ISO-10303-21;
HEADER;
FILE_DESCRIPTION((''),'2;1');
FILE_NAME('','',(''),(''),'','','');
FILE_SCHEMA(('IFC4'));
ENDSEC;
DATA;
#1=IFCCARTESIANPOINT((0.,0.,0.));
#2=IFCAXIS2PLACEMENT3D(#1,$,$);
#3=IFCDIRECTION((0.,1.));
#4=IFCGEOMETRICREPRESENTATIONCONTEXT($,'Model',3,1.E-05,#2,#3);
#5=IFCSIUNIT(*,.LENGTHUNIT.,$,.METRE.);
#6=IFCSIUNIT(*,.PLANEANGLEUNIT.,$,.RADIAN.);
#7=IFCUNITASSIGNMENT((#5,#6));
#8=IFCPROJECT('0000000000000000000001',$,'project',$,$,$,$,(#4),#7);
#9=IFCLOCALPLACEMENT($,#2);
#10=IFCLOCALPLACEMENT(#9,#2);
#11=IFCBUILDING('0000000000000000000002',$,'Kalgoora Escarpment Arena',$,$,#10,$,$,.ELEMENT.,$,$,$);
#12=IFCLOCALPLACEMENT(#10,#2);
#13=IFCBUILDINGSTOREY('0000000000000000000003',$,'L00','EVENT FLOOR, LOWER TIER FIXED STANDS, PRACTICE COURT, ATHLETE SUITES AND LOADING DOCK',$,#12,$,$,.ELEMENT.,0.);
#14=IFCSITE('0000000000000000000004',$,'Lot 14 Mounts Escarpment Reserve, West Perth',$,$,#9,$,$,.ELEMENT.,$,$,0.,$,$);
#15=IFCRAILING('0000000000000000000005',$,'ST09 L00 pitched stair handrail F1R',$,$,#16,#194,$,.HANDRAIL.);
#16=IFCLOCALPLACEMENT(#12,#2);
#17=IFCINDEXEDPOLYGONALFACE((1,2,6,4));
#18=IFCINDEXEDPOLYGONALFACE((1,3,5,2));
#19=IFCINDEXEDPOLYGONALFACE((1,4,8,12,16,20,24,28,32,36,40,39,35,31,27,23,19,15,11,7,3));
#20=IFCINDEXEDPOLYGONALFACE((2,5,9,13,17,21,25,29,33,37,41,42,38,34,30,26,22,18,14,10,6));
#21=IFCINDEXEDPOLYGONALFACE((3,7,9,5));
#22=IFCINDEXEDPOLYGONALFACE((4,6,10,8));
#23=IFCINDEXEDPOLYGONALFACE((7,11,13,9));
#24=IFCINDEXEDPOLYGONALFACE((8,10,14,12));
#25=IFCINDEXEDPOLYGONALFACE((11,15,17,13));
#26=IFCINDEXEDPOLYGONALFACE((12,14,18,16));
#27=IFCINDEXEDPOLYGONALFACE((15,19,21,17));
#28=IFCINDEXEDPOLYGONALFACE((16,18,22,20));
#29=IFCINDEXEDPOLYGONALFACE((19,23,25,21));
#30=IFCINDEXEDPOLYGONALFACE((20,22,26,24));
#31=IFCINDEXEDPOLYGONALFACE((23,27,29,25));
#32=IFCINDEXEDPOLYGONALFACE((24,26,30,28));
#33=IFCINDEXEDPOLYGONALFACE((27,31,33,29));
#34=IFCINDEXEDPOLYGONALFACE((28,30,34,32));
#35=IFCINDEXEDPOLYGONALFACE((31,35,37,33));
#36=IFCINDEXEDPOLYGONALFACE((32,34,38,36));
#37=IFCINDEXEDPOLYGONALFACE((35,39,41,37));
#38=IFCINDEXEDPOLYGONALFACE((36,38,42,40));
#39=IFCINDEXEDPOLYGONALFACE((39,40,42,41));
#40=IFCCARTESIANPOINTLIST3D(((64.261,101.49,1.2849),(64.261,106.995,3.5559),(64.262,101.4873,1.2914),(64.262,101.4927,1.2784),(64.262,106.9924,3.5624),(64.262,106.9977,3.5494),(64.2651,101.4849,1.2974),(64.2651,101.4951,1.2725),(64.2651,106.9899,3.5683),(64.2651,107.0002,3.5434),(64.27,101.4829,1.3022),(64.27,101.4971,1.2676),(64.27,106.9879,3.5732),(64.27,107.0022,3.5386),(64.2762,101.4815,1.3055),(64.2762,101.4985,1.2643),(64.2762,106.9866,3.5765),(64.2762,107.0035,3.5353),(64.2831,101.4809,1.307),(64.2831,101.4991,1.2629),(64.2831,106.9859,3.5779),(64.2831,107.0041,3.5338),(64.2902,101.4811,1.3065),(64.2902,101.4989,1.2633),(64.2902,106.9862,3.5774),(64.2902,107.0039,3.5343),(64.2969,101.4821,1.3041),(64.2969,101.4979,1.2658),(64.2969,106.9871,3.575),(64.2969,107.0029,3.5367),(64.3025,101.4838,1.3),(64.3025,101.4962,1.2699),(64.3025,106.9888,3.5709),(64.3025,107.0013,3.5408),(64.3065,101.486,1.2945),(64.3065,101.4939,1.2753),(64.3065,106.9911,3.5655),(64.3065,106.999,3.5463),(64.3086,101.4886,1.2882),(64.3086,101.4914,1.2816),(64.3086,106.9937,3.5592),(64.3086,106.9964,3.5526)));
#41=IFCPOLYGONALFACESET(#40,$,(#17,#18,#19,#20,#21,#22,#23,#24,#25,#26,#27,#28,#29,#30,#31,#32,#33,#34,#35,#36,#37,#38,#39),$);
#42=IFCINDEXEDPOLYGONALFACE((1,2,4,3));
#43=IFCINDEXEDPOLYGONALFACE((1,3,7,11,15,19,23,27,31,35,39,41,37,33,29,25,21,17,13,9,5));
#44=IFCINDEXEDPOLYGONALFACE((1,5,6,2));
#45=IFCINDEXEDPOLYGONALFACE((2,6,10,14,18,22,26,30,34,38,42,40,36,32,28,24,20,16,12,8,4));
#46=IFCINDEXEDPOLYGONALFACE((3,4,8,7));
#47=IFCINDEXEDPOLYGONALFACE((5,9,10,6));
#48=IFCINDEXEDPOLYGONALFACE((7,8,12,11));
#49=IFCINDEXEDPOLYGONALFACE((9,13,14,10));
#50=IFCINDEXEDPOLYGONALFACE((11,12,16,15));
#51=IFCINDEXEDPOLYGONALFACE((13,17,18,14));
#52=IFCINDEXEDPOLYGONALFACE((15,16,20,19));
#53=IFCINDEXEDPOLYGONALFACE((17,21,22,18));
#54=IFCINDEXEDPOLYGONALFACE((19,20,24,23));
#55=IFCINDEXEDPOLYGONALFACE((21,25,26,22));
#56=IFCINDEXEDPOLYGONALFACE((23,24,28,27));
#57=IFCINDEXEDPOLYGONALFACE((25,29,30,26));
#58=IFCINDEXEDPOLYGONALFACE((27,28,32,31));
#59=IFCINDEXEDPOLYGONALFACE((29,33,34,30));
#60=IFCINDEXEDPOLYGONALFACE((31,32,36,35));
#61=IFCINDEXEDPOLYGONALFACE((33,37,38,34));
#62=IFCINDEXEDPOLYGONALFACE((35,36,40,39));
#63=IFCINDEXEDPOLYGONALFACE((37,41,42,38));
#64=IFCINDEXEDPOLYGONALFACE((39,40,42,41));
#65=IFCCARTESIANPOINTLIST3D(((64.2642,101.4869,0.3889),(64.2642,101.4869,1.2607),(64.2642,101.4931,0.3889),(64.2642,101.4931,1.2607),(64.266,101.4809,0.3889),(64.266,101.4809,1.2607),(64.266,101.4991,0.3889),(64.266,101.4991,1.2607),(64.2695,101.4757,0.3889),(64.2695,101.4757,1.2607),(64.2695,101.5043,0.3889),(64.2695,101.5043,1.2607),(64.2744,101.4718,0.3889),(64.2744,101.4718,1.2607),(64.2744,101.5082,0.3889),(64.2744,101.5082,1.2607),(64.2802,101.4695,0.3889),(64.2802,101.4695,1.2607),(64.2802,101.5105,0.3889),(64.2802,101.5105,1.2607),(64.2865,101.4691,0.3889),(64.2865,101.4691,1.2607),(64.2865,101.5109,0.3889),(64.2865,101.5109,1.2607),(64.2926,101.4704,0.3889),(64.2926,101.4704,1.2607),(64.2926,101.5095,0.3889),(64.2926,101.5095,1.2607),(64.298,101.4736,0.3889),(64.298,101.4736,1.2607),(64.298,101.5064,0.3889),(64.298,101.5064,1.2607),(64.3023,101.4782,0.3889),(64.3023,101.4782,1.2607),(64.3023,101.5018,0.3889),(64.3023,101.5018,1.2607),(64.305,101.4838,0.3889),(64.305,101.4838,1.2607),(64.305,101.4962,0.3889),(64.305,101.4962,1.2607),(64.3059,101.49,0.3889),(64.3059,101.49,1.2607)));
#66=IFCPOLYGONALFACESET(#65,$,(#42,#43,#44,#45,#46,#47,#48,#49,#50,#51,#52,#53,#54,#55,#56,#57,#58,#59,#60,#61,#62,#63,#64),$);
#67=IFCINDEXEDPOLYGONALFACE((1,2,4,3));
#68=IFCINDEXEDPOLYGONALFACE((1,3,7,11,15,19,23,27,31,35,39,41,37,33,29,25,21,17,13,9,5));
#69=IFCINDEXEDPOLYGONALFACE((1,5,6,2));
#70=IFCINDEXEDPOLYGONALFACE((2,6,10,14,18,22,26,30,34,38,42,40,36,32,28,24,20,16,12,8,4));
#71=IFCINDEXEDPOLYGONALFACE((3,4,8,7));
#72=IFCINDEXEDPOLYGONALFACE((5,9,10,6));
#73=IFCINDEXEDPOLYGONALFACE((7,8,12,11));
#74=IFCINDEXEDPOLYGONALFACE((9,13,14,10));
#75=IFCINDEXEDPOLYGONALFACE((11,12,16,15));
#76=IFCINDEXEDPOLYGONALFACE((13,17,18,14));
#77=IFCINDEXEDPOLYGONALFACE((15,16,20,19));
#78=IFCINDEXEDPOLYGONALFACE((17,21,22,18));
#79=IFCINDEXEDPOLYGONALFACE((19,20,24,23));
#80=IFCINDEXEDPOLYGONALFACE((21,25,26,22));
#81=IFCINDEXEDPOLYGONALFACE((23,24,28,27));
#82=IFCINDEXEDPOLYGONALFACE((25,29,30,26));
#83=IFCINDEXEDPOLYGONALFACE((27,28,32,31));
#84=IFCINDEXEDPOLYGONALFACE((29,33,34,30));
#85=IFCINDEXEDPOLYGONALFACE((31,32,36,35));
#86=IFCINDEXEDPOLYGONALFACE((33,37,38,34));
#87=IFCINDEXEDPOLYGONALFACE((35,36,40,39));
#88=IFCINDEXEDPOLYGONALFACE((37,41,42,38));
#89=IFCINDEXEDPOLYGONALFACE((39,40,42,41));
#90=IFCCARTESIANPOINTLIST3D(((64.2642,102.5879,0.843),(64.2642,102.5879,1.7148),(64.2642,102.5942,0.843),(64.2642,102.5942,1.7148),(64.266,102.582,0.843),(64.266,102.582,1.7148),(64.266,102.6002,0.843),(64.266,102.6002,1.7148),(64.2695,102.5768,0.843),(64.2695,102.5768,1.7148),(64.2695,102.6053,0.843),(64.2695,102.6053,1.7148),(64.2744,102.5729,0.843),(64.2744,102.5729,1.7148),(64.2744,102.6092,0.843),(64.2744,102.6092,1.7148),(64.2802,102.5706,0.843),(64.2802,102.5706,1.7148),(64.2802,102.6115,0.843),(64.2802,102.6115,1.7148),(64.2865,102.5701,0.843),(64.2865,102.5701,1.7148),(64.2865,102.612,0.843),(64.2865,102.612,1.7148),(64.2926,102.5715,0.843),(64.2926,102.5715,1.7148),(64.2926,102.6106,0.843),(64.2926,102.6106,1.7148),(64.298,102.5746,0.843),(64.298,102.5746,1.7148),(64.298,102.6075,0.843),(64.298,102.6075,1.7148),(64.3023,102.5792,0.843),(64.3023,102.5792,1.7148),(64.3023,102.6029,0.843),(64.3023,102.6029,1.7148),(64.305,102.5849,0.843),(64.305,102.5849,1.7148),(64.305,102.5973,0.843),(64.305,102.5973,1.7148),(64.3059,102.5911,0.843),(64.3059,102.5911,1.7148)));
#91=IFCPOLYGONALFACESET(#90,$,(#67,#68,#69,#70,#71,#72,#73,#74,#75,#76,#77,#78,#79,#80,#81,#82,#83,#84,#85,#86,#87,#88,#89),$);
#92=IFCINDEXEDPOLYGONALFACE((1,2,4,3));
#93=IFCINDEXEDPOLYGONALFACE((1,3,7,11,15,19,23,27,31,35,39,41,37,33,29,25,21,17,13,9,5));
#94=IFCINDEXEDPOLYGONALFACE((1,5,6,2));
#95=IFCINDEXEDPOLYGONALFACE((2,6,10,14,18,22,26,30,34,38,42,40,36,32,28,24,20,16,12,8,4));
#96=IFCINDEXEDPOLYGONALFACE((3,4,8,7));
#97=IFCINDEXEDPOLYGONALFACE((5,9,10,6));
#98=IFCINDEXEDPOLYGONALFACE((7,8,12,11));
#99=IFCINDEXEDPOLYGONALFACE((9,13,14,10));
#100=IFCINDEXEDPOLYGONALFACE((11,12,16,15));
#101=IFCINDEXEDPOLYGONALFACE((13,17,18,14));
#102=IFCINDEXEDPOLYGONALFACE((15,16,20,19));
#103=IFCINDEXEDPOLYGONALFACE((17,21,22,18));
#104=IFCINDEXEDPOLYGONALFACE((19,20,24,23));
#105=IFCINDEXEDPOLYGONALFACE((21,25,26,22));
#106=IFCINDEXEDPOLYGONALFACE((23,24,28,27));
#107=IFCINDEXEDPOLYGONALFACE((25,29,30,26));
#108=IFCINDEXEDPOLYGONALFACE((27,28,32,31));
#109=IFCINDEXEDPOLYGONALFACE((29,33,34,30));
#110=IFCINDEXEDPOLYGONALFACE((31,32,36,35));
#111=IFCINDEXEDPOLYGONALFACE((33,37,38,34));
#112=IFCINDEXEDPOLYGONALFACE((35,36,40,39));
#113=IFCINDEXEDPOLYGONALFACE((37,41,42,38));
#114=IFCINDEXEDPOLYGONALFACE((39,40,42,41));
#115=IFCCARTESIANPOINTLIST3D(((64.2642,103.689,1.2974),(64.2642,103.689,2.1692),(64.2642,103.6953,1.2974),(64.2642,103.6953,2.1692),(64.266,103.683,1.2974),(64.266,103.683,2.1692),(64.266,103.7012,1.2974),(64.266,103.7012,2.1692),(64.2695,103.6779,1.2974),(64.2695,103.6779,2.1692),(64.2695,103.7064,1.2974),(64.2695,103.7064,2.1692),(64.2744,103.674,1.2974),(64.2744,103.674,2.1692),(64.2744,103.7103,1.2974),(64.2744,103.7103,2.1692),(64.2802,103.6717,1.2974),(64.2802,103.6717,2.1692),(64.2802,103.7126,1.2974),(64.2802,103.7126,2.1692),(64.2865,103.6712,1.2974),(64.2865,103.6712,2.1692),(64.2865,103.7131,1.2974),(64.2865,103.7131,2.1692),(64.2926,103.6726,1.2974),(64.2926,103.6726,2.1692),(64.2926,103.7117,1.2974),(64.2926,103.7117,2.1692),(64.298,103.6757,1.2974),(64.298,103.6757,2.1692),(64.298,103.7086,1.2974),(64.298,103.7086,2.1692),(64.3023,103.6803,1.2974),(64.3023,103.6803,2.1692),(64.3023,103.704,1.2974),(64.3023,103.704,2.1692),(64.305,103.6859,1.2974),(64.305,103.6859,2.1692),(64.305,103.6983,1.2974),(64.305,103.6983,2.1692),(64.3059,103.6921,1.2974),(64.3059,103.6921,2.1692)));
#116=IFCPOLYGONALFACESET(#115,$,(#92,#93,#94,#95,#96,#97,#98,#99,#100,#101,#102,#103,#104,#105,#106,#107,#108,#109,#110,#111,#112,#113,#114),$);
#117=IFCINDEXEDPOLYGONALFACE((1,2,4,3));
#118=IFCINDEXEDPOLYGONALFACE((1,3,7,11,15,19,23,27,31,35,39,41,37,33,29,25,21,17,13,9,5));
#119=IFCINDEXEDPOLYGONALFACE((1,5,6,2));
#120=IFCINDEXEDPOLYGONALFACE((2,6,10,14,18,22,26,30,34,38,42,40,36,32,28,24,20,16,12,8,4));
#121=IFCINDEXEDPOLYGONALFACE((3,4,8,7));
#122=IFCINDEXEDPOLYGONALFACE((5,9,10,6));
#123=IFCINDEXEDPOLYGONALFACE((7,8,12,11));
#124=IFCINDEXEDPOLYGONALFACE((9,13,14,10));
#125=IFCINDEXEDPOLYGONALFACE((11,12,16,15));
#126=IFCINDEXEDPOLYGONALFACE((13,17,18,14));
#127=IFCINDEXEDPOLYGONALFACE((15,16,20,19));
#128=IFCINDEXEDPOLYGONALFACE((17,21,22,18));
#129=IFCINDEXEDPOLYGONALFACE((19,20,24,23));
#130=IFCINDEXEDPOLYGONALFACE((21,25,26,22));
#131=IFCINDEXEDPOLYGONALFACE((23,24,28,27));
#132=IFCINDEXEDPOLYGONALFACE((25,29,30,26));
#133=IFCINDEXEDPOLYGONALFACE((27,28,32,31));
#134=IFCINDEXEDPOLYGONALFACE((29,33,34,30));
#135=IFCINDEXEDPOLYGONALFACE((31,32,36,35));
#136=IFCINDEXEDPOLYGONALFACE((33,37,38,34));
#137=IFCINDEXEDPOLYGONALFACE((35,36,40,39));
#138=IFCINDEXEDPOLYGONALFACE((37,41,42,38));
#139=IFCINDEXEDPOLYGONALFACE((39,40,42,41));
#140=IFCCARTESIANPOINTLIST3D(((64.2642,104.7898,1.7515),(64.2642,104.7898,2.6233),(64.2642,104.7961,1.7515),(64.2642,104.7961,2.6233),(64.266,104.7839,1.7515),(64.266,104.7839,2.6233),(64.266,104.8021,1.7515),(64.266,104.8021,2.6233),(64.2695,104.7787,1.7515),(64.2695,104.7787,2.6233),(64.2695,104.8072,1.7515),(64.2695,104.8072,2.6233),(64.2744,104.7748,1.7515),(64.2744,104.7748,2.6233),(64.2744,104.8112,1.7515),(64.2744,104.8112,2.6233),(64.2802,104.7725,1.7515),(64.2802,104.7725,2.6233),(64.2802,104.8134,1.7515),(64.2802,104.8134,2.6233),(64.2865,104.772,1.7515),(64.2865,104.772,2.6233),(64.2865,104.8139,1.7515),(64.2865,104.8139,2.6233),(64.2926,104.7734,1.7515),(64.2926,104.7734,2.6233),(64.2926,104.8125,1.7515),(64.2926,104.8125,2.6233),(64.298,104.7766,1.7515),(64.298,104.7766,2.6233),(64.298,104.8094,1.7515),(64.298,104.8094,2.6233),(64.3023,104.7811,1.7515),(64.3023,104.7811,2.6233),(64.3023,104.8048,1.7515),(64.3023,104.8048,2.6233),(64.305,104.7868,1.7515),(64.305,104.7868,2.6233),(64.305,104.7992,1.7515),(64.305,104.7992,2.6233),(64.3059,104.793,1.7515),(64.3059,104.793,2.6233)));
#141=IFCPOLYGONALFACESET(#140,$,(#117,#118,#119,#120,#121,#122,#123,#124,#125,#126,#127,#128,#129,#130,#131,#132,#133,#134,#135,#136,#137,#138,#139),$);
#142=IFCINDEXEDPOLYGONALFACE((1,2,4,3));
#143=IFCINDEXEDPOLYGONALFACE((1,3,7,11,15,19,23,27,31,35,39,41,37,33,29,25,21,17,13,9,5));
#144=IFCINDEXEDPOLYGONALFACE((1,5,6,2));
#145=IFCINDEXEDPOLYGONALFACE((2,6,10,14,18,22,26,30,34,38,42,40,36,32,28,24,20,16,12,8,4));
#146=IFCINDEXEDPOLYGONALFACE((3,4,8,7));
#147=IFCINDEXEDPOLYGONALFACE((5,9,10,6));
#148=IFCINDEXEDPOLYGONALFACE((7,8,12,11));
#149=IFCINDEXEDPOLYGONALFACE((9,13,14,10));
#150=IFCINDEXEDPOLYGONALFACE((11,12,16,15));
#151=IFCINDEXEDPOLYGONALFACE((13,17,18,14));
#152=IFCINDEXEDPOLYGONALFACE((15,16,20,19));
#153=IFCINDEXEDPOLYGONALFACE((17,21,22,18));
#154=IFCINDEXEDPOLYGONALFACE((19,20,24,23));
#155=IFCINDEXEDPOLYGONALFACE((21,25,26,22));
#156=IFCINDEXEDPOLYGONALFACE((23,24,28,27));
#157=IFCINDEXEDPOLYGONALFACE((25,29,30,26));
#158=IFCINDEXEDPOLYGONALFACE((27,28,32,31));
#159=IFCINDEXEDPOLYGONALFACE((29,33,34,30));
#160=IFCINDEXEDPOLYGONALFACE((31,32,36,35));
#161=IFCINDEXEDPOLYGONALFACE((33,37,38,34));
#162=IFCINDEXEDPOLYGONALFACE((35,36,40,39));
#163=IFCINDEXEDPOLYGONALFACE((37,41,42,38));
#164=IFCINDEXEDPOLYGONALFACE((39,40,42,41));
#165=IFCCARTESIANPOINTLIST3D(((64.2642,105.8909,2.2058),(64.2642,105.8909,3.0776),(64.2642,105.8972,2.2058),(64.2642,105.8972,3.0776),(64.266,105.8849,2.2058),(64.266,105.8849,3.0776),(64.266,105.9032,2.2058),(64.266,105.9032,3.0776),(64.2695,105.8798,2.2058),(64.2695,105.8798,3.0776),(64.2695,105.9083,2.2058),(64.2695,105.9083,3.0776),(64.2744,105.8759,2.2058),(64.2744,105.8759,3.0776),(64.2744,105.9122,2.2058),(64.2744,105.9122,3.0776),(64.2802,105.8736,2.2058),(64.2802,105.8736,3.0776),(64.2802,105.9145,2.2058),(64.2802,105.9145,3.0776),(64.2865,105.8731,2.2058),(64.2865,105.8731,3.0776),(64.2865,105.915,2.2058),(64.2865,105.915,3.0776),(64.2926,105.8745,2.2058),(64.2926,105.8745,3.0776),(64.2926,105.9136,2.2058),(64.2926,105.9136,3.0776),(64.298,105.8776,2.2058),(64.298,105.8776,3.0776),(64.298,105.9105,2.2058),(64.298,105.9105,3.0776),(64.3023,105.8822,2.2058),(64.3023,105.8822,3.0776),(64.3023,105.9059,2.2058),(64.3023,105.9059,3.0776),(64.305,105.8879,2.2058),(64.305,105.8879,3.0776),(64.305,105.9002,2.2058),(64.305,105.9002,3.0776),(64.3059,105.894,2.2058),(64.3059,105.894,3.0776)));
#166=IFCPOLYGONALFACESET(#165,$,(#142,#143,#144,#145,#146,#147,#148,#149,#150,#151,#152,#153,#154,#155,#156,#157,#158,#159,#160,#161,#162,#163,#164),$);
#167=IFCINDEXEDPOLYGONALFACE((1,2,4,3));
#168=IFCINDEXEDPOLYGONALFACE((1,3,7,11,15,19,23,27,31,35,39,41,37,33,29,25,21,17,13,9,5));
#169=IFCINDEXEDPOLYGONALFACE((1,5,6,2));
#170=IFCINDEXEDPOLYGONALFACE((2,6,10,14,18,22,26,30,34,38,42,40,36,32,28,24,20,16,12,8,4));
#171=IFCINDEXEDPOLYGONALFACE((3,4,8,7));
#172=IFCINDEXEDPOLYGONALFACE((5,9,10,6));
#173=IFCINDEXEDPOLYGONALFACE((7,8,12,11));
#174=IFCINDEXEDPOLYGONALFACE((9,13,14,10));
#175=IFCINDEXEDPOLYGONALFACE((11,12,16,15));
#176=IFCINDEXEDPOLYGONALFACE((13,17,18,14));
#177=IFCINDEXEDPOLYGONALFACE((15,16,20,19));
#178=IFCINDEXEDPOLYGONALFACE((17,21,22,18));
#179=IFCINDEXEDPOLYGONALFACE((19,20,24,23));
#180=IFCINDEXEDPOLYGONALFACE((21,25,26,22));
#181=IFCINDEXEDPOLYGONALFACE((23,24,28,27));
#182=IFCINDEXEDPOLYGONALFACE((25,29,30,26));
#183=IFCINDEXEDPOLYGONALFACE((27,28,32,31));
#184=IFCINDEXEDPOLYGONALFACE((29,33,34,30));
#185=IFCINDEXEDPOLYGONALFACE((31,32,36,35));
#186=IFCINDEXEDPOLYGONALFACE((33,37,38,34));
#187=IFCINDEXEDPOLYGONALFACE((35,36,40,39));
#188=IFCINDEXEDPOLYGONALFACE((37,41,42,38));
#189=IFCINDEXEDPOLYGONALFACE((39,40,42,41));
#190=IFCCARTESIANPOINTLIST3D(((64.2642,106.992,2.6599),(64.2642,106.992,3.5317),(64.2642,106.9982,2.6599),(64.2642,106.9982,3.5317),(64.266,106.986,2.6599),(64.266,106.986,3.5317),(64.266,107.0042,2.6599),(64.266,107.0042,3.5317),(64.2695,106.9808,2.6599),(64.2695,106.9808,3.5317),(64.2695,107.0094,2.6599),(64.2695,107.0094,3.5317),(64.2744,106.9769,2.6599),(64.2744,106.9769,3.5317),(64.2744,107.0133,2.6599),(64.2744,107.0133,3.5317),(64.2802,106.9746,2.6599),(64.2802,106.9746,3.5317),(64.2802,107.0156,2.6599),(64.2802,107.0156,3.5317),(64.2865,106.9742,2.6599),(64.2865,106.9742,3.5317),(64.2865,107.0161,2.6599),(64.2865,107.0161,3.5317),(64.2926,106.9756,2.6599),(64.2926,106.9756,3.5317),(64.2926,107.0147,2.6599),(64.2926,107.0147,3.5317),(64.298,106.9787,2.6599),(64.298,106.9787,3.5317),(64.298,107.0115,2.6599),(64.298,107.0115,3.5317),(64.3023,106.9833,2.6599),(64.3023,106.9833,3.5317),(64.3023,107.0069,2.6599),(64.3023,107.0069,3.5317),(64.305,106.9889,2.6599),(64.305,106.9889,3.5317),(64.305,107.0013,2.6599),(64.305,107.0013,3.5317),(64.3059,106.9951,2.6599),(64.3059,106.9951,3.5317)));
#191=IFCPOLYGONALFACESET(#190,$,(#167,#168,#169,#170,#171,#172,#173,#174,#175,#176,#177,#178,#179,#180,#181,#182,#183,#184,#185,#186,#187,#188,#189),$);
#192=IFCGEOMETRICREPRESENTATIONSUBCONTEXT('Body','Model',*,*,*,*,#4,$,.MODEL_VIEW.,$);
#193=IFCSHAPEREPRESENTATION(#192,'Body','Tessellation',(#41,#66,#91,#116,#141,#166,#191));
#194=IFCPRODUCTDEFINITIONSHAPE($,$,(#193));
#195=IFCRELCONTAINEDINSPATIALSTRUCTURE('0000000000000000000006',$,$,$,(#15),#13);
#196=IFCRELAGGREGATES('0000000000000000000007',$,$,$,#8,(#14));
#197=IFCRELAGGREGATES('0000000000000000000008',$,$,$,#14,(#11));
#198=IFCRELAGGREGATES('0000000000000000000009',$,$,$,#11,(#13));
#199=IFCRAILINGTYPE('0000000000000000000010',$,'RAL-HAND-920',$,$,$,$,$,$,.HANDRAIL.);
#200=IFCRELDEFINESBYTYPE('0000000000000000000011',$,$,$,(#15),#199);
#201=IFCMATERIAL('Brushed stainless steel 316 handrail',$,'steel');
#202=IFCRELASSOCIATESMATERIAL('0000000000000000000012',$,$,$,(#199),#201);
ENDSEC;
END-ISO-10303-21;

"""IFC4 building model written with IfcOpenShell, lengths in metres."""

from ifc_helpers import new_model, si_unit, direction, frame, origin, origin_2d, place, context, subcontext, project, spatial, circle, extrude, material, type_object, element, save


model = new_model("IFC4")

# Units and contexts
model_context = context("Model", 3, precision=1e-05, world=origin(), true_north=direction((0.0, 1.0)))
body_context = subcontext(model_context, "Body", "Model", "MODEL_VIEW")
ifc_project = project(units=[si_unit("LENGTHUNIT", "METRE"), si_unit("PLANEANGLEUNIT", "RADIAN")], contexts=[model_context])

# Site, building, storey
site_placement = place(None, origin())
site = spatial("IfcSite", under=ifc_project, at=site_placement, Name="Lot 14 Mounts Escarpment Reserve, West Perth", CompositionType="ELEMENT", RefElevation=0.0)
building_placement = place(site_placement, origin())
building = spatial("IfcBuilding", under=site, at=building_placement, Name="Kalgoora Escarpment Arena", CompositionType="ELEMENT")
storey_placement = place(building_placement, origin())
storey = spatial("IfcBuildingStorey", under=building, at=storey_placement, Name="L00", Description="EVENT FLOOR, LOWER TIER FIXED STANDS, PRACTICE COURT, ATHLETE SUITES AND LOADING DOCK", CompositionType="ELEMENT", Elevation=0.0)

# Railing
ifc_material_1 = material(Name="Brushed stainless steel 316 handrail", Category="steel")
railing_type_1 = type_object("IfcRailingType", Name="RAL-HAND-920", PredefinedType="HANDRAIL", material=ifc_material_1)
for number, where, name in (
    (1, (64.2849, 101.49, 0.3889), "ST09 L00 pitched stair handrail F1R"),
):
    element("IfcRailing", number, at=place(storey_placement, frame(where)), inside=storey, type_object=railing_type_1, Name=name, PredefinedType="HANDRAIL", context=body_context, shape_type="SweptSolid", body=[
        extrude(circle(Radius=0.0239, at=origin_2d()), frame((0.0, 0.0, 0.896), z_axis=(0.0, 0.924431, 0.38135), x_axis=(-1.0, 0.0, 0.0)), (0.0, 0.0, 1.0), 5.9551),
        extrude(circle(Radius=0.021, at=origin_2d()), origin(), (0.0, 0.0, 1.0), 0.8718),
        extrude(circle(Radius=0.021, at=origin_2d()), frame((0.0, 1.1011, 0.4541)), (0.0, 0.0, 1.0), 0.8718),
        extrude(circle(Radius=0.021, at=origin_2d()), frame((0.0, 2.2021, 0.9084)), (0.0, 0.0, 1.0), 0.8718),
        extrude(circle(Radius=0.021, at=origin_2d()), frame((0.0, 3.303, 1.3625)), (0.0, 0.0, 1.0), 0.8718),
        extrude(circle(Radius=0.021, at=origin_2d()), frame((0.0, 4.4041, 1.8169)), (0.0, 0.0, 1.0), 0.8718),
        extrude(circle(Radius=0.021, at=origin_2d()), frame((0.0, 5.5051, 2.271)), (0.0, 0.0, 1.0), 0.8718),
    ])

save(model, "model.ifc")
